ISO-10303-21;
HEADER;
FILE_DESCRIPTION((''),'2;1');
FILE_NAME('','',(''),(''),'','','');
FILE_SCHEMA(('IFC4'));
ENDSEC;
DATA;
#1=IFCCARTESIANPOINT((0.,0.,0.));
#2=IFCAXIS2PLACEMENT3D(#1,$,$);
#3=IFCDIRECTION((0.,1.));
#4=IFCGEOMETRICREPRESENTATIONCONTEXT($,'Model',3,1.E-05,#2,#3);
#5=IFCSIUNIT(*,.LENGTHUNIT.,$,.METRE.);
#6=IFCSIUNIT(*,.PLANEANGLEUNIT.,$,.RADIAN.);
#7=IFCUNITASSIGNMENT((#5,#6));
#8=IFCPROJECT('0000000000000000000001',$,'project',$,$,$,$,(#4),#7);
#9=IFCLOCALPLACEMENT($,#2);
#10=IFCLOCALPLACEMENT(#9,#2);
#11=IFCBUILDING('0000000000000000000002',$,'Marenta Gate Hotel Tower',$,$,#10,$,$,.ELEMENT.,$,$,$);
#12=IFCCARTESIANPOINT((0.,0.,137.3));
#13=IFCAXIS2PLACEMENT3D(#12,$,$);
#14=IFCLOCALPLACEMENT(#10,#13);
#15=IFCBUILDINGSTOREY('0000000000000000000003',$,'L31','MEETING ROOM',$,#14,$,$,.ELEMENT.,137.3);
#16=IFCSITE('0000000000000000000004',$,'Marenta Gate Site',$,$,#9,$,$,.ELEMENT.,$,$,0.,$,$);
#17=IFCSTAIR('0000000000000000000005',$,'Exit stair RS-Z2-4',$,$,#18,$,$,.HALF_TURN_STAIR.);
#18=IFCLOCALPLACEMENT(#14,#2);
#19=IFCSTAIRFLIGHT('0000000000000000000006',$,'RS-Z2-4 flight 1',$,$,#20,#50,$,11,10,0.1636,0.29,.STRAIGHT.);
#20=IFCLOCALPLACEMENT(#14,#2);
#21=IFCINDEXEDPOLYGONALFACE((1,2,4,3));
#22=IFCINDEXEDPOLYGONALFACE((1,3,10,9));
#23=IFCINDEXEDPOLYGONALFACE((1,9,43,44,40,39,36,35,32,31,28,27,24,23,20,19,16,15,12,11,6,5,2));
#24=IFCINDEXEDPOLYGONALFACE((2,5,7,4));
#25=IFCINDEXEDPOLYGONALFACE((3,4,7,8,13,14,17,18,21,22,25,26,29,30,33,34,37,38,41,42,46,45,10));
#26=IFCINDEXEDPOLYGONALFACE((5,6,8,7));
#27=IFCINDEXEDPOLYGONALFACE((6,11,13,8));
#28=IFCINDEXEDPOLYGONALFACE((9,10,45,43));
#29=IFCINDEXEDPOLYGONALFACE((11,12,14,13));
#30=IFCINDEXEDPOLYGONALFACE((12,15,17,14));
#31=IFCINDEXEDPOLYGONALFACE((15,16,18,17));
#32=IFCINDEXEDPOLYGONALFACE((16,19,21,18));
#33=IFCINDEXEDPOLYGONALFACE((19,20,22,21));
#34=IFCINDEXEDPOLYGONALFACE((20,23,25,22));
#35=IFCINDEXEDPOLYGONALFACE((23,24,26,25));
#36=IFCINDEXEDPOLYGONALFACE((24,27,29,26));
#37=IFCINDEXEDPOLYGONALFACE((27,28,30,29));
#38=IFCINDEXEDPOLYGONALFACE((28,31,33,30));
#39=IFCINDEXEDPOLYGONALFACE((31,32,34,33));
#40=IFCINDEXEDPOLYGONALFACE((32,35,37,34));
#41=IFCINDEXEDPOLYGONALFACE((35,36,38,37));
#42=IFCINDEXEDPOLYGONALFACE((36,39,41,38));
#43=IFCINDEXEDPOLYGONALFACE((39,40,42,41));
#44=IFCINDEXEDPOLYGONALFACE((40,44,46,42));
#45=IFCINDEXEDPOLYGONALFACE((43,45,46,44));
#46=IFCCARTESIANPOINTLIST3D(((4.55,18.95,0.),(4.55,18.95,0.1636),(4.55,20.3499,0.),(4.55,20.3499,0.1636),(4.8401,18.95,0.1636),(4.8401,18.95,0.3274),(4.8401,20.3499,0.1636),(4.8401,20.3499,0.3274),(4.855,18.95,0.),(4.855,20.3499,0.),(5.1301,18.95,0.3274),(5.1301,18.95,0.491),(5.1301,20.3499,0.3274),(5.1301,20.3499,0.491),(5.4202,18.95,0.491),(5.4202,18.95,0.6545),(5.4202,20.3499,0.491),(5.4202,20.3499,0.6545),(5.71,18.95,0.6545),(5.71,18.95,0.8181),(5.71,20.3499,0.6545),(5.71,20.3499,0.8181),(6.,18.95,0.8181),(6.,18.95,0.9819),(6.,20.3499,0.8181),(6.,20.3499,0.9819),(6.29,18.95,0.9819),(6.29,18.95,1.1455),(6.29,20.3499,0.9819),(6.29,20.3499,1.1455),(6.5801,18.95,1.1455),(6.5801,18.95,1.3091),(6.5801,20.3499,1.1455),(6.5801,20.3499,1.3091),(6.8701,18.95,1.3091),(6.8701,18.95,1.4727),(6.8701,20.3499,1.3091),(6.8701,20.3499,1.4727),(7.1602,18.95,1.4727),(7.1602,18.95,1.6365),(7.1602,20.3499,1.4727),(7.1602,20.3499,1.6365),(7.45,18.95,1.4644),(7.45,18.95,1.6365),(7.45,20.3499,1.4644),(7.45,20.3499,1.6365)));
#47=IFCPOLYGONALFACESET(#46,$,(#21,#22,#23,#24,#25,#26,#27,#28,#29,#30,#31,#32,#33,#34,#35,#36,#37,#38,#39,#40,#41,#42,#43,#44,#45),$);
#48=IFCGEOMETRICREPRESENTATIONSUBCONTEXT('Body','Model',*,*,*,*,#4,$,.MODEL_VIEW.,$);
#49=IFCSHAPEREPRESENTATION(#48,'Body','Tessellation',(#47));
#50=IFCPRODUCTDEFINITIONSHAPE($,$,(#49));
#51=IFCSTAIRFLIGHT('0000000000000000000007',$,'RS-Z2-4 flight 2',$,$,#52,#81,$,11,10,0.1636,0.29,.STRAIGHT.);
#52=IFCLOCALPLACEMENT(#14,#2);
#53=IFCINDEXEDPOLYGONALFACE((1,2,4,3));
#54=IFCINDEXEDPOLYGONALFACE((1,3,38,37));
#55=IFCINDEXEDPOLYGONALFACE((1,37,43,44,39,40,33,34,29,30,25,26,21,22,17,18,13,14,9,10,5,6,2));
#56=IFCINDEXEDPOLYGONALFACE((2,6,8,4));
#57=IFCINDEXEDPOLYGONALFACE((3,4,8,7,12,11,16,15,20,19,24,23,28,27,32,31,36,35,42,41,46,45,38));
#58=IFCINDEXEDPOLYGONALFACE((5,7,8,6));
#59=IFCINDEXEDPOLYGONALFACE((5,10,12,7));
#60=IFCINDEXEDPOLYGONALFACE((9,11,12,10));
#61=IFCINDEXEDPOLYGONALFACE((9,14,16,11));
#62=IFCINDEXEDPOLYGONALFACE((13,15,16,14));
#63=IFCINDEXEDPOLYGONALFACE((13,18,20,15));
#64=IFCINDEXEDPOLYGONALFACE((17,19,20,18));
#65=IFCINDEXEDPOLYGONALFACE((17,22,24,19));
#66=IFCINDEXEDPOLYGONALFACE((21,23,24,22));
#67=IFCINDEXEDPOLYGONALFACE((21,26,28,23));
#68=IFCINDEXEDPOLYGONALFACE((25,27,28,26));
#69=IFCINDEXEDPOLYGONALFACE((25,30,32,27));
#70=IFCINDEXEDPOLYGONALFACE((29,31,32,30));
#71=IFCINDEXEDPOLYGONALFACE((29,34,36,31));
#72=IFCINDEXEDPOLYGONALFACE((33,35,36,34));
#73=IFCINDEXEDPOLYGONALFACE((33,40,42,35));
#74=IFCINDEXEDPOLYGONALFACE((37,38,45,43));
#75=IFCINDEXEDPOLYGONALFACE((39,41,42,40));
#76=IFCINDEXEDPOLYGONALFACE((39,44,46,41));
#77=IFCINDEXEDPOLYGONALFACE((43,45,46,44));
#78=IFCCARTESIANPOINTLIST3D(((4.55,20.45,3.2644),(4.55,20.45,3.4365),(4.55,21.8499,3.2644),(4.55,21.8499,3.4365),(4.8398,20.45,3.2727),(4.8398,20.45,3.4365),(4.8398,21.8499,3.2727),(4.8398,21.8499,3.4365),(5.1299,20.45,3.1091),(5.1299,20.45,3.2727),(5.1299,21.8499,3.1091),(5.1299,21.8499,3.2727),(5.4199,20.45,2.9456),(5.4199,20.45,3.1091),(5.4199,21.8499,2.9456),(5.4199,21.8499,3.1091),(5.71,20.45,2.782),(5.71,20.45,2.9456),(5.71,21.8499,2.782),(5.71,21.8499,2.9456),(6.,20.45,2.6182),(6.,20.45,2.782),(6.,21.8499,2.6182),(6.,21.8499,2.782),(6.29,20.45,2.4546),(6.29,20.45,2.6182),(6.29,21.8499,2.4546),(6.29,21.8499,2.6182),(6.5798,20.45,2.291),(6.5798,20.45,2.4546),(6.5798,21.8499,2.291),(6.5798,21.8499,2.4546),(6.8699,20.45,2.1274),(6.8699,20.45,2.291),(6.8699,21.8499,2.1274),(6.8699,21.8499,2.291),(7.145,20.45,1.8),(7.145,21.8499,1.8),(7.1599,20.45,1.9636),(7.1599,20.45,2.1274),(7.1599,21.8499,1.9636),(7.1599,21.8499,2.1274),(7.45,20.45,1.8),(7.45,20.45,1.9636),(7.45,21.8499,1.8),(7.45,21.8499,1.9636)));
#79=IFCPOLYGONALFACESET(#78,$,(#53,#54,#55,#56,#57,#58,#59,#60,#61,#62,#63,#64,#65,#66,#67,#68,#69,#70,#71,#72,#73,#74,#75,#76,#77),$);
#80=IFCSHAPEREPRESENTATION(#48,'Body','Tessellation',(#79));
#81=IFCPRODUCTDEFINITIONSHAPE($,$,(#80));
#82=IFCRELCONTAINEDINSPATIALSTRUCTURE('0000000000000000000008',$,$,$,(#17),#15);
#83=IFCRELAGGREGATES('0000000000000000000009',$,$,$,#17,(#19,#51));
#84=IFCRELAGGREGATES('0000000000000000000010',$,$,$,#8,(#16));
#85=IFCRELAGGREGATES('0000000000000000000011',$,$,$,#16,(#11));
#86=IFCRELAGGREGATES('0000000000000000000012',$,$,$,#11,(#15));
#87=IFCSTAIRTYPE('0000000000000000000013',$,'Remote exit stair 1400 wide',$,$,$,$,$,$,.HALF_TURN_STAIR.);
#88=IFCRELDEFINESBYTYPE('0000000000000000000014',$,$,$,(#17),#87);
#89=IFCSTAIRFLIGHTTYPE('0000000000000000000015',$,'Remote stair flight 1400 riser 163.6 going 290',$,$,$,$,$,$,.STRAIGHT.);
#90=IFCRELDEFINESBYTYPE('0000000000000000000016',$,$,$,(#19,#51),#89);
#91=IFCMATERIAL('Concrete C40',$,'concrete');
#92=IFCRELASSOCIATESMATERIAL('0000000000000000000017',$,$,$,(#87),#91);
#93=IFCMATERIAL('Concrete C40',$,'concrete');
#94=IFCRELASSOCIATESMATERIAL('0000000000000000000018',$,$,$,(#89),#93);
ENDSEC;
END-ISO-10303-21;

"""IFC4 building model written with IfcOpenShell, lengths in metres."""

from ifc_helpers import new_model, si_unit, direction, frame, origin, place, context, subcontext, project, spatial, polyline, outline, extrude, material, type_object, element, aggregate, save


model = new_model("IFC4")

# Units and contexts
model_context = context("Model", 3, precision=1e-05, world=origin(), true_north=direction((0.0, 1.0)))
body_context = subcontext(model_context, "Body", "Model", "MODEL_VIEW")
ifc_project = project(units=[si_unit("LENGTHUNIT", "METRE"), si_unit("PLANEANGLEUNIT", "RADIAN")], contexts=[model_context])

# Site, building, storey
site_placement = place(None, origin())
site = spatial("IfcSite", under=ifc_project, at=site_placement, Name="Marenta Gate Site", CompositionType="ELEMENT", RefElevation=0.0)
building_placement = place(site_placement, origin())
building = spatial("IfcBuilding", under=site, at=building_placement, Name="Marenta Gate Hotel Tower", CompositionType="ELEMENT")
storey_placement = place(building_placement, frame((0.0, 0.0, 137.3)))
storey = spatial("IfcBuildingStorey", under=building, at=storey_placement, Name="L31", Description="MEETING ROOM", CompositionType="ELEMENT", Elevation=137.3)

# Stair, stair flights
ifc_material_1 = material(Name="Concrete C40", Category="concrete")
stair_type = type_object("IfcStairType", Name="Remote exit stair 1400 wide", PredefinedType="HALF_TURN_STAIR", material=ifc_material_1)
stair_placement = place(storey_placement, origin())
stair = element("IfcStair", 1, at=stair_placement, inside=storey, type_object=stair_type, Name="Exit stair RS-Z2-4", PredefinedType="HALF_TURN_STAIR")
ifc_material_2 = material(Name="Concrete C40", Category="concrete")
stair_flight_type = type_object("IfcStairFlightType", Name="Remote stair flight 1400 riser 163.6 going 290", PredefinedType="STRAIGHT", material=ifc_material_2)
stair_flight_1_placement = place(storey_placement, frame((4.55, 19.6499, 0.0), z_axis=(0.0, 0.0, 1.0), x_axis=(1.0, 0.0, 0.0)))
stair_flight_1 = element("IfcStairFlight", 2, at=stair_flight_1_placement, type_object=stair_flight_type, Name="RS-Z2-4 flight 1", NumberOfRisers=11, NumberOfTreads=10, PredefinedType="STRAIGHT", RiserHeight=0.1636, TreadLength=0.29, context=body_context, shape_type="SweptSolid", body=[
    extrude(outline(polyline([(0.0, 0.0), (0.0, 0.1636), (0.29, 0.1636), (0.29, 0.3274), (0.5801, 0.3274), (0.5801, 0.491), (0.8701, 0.491), (0.8701, 0.6545), (1.1599, 0.6545), (1.1599, 0.8181), (1.45, 0.8181), (1.45, 0.9819), (1.74, 0.9819), (1.74, 1.1455), (2.03, 1.1455), (2.03, 1.3091), (2.3201, 1.3091), (2.3201, 1.4727), (2.6101, 1.4727), (2.6101, 1.6365), (2.8999, 1.6365), (2.8999, 1.8), (2.8999, 1.4644), (0.3049, 0.0), (0.0, 0.0)])), frame((0.0, 0.7, 0.0), z_axis=(0.0, -1.0, 0.0), x_axis=(1.0, 0.0, 0.0)), (0.0, 0.0, 1.0), 1.3999),
])
stair_flight_2_placement = place(storey_placement, frame((7.45, 21.1499, 1.8), z_axis=(0.0, 0.0, 1.0), x_axis=(-1.0, 0.0, 0.0)))
stair_flight_2 = element("IfcStairFlight", 3, at=stair_flight_2_placement, type_object=stair_flight_type, Name="RS-Z2-4 flight 2", NumberOfRisers=11, NumberOfTreads=10, PredefinedType="STRAIGHT", RiserHeight=0.1636, TreadLength=0.29, context=body_context, shape_type="SweptSolid", body=[
    extrude(outline(polyline([(0.0, 0.0), (0.0, 0.1636), (0.29, 0.1636), (0.29, 0.3274), (0.5801, 0.3274), (0.5801, 0.491), (0.8701, 0.491), (0.8701, 0.6545), (1.1599, 0.6545), (1.1599, 0.8181), (1.45, 0.8181), (1.45, 0.9819), (1.74, 0.9819), (1.74, 1.1455), (2.03, 1.1455), (2.03, 1.3091), (2.3201, 1.3091), (2.3201, 1.4727), (2.6101, 1.4727), (2.6101, 1.6365), (2.8999, 1.6365), (2.8999, 1.8), (2.8999, 1.4644), (0.3049, 0.0), (0.0, 0.0)])), frame((0.0, 0.7, 0.0), z_axis=(0.0, -1.0, 0.0), x_axis=(1.0, 0.0, 0.0)), (0.0, 0.0, 1.0), 1.3999),
])
aggregate(stair, [stair_flight_1, stair_flight_2])

save(model, "model.ifc")
